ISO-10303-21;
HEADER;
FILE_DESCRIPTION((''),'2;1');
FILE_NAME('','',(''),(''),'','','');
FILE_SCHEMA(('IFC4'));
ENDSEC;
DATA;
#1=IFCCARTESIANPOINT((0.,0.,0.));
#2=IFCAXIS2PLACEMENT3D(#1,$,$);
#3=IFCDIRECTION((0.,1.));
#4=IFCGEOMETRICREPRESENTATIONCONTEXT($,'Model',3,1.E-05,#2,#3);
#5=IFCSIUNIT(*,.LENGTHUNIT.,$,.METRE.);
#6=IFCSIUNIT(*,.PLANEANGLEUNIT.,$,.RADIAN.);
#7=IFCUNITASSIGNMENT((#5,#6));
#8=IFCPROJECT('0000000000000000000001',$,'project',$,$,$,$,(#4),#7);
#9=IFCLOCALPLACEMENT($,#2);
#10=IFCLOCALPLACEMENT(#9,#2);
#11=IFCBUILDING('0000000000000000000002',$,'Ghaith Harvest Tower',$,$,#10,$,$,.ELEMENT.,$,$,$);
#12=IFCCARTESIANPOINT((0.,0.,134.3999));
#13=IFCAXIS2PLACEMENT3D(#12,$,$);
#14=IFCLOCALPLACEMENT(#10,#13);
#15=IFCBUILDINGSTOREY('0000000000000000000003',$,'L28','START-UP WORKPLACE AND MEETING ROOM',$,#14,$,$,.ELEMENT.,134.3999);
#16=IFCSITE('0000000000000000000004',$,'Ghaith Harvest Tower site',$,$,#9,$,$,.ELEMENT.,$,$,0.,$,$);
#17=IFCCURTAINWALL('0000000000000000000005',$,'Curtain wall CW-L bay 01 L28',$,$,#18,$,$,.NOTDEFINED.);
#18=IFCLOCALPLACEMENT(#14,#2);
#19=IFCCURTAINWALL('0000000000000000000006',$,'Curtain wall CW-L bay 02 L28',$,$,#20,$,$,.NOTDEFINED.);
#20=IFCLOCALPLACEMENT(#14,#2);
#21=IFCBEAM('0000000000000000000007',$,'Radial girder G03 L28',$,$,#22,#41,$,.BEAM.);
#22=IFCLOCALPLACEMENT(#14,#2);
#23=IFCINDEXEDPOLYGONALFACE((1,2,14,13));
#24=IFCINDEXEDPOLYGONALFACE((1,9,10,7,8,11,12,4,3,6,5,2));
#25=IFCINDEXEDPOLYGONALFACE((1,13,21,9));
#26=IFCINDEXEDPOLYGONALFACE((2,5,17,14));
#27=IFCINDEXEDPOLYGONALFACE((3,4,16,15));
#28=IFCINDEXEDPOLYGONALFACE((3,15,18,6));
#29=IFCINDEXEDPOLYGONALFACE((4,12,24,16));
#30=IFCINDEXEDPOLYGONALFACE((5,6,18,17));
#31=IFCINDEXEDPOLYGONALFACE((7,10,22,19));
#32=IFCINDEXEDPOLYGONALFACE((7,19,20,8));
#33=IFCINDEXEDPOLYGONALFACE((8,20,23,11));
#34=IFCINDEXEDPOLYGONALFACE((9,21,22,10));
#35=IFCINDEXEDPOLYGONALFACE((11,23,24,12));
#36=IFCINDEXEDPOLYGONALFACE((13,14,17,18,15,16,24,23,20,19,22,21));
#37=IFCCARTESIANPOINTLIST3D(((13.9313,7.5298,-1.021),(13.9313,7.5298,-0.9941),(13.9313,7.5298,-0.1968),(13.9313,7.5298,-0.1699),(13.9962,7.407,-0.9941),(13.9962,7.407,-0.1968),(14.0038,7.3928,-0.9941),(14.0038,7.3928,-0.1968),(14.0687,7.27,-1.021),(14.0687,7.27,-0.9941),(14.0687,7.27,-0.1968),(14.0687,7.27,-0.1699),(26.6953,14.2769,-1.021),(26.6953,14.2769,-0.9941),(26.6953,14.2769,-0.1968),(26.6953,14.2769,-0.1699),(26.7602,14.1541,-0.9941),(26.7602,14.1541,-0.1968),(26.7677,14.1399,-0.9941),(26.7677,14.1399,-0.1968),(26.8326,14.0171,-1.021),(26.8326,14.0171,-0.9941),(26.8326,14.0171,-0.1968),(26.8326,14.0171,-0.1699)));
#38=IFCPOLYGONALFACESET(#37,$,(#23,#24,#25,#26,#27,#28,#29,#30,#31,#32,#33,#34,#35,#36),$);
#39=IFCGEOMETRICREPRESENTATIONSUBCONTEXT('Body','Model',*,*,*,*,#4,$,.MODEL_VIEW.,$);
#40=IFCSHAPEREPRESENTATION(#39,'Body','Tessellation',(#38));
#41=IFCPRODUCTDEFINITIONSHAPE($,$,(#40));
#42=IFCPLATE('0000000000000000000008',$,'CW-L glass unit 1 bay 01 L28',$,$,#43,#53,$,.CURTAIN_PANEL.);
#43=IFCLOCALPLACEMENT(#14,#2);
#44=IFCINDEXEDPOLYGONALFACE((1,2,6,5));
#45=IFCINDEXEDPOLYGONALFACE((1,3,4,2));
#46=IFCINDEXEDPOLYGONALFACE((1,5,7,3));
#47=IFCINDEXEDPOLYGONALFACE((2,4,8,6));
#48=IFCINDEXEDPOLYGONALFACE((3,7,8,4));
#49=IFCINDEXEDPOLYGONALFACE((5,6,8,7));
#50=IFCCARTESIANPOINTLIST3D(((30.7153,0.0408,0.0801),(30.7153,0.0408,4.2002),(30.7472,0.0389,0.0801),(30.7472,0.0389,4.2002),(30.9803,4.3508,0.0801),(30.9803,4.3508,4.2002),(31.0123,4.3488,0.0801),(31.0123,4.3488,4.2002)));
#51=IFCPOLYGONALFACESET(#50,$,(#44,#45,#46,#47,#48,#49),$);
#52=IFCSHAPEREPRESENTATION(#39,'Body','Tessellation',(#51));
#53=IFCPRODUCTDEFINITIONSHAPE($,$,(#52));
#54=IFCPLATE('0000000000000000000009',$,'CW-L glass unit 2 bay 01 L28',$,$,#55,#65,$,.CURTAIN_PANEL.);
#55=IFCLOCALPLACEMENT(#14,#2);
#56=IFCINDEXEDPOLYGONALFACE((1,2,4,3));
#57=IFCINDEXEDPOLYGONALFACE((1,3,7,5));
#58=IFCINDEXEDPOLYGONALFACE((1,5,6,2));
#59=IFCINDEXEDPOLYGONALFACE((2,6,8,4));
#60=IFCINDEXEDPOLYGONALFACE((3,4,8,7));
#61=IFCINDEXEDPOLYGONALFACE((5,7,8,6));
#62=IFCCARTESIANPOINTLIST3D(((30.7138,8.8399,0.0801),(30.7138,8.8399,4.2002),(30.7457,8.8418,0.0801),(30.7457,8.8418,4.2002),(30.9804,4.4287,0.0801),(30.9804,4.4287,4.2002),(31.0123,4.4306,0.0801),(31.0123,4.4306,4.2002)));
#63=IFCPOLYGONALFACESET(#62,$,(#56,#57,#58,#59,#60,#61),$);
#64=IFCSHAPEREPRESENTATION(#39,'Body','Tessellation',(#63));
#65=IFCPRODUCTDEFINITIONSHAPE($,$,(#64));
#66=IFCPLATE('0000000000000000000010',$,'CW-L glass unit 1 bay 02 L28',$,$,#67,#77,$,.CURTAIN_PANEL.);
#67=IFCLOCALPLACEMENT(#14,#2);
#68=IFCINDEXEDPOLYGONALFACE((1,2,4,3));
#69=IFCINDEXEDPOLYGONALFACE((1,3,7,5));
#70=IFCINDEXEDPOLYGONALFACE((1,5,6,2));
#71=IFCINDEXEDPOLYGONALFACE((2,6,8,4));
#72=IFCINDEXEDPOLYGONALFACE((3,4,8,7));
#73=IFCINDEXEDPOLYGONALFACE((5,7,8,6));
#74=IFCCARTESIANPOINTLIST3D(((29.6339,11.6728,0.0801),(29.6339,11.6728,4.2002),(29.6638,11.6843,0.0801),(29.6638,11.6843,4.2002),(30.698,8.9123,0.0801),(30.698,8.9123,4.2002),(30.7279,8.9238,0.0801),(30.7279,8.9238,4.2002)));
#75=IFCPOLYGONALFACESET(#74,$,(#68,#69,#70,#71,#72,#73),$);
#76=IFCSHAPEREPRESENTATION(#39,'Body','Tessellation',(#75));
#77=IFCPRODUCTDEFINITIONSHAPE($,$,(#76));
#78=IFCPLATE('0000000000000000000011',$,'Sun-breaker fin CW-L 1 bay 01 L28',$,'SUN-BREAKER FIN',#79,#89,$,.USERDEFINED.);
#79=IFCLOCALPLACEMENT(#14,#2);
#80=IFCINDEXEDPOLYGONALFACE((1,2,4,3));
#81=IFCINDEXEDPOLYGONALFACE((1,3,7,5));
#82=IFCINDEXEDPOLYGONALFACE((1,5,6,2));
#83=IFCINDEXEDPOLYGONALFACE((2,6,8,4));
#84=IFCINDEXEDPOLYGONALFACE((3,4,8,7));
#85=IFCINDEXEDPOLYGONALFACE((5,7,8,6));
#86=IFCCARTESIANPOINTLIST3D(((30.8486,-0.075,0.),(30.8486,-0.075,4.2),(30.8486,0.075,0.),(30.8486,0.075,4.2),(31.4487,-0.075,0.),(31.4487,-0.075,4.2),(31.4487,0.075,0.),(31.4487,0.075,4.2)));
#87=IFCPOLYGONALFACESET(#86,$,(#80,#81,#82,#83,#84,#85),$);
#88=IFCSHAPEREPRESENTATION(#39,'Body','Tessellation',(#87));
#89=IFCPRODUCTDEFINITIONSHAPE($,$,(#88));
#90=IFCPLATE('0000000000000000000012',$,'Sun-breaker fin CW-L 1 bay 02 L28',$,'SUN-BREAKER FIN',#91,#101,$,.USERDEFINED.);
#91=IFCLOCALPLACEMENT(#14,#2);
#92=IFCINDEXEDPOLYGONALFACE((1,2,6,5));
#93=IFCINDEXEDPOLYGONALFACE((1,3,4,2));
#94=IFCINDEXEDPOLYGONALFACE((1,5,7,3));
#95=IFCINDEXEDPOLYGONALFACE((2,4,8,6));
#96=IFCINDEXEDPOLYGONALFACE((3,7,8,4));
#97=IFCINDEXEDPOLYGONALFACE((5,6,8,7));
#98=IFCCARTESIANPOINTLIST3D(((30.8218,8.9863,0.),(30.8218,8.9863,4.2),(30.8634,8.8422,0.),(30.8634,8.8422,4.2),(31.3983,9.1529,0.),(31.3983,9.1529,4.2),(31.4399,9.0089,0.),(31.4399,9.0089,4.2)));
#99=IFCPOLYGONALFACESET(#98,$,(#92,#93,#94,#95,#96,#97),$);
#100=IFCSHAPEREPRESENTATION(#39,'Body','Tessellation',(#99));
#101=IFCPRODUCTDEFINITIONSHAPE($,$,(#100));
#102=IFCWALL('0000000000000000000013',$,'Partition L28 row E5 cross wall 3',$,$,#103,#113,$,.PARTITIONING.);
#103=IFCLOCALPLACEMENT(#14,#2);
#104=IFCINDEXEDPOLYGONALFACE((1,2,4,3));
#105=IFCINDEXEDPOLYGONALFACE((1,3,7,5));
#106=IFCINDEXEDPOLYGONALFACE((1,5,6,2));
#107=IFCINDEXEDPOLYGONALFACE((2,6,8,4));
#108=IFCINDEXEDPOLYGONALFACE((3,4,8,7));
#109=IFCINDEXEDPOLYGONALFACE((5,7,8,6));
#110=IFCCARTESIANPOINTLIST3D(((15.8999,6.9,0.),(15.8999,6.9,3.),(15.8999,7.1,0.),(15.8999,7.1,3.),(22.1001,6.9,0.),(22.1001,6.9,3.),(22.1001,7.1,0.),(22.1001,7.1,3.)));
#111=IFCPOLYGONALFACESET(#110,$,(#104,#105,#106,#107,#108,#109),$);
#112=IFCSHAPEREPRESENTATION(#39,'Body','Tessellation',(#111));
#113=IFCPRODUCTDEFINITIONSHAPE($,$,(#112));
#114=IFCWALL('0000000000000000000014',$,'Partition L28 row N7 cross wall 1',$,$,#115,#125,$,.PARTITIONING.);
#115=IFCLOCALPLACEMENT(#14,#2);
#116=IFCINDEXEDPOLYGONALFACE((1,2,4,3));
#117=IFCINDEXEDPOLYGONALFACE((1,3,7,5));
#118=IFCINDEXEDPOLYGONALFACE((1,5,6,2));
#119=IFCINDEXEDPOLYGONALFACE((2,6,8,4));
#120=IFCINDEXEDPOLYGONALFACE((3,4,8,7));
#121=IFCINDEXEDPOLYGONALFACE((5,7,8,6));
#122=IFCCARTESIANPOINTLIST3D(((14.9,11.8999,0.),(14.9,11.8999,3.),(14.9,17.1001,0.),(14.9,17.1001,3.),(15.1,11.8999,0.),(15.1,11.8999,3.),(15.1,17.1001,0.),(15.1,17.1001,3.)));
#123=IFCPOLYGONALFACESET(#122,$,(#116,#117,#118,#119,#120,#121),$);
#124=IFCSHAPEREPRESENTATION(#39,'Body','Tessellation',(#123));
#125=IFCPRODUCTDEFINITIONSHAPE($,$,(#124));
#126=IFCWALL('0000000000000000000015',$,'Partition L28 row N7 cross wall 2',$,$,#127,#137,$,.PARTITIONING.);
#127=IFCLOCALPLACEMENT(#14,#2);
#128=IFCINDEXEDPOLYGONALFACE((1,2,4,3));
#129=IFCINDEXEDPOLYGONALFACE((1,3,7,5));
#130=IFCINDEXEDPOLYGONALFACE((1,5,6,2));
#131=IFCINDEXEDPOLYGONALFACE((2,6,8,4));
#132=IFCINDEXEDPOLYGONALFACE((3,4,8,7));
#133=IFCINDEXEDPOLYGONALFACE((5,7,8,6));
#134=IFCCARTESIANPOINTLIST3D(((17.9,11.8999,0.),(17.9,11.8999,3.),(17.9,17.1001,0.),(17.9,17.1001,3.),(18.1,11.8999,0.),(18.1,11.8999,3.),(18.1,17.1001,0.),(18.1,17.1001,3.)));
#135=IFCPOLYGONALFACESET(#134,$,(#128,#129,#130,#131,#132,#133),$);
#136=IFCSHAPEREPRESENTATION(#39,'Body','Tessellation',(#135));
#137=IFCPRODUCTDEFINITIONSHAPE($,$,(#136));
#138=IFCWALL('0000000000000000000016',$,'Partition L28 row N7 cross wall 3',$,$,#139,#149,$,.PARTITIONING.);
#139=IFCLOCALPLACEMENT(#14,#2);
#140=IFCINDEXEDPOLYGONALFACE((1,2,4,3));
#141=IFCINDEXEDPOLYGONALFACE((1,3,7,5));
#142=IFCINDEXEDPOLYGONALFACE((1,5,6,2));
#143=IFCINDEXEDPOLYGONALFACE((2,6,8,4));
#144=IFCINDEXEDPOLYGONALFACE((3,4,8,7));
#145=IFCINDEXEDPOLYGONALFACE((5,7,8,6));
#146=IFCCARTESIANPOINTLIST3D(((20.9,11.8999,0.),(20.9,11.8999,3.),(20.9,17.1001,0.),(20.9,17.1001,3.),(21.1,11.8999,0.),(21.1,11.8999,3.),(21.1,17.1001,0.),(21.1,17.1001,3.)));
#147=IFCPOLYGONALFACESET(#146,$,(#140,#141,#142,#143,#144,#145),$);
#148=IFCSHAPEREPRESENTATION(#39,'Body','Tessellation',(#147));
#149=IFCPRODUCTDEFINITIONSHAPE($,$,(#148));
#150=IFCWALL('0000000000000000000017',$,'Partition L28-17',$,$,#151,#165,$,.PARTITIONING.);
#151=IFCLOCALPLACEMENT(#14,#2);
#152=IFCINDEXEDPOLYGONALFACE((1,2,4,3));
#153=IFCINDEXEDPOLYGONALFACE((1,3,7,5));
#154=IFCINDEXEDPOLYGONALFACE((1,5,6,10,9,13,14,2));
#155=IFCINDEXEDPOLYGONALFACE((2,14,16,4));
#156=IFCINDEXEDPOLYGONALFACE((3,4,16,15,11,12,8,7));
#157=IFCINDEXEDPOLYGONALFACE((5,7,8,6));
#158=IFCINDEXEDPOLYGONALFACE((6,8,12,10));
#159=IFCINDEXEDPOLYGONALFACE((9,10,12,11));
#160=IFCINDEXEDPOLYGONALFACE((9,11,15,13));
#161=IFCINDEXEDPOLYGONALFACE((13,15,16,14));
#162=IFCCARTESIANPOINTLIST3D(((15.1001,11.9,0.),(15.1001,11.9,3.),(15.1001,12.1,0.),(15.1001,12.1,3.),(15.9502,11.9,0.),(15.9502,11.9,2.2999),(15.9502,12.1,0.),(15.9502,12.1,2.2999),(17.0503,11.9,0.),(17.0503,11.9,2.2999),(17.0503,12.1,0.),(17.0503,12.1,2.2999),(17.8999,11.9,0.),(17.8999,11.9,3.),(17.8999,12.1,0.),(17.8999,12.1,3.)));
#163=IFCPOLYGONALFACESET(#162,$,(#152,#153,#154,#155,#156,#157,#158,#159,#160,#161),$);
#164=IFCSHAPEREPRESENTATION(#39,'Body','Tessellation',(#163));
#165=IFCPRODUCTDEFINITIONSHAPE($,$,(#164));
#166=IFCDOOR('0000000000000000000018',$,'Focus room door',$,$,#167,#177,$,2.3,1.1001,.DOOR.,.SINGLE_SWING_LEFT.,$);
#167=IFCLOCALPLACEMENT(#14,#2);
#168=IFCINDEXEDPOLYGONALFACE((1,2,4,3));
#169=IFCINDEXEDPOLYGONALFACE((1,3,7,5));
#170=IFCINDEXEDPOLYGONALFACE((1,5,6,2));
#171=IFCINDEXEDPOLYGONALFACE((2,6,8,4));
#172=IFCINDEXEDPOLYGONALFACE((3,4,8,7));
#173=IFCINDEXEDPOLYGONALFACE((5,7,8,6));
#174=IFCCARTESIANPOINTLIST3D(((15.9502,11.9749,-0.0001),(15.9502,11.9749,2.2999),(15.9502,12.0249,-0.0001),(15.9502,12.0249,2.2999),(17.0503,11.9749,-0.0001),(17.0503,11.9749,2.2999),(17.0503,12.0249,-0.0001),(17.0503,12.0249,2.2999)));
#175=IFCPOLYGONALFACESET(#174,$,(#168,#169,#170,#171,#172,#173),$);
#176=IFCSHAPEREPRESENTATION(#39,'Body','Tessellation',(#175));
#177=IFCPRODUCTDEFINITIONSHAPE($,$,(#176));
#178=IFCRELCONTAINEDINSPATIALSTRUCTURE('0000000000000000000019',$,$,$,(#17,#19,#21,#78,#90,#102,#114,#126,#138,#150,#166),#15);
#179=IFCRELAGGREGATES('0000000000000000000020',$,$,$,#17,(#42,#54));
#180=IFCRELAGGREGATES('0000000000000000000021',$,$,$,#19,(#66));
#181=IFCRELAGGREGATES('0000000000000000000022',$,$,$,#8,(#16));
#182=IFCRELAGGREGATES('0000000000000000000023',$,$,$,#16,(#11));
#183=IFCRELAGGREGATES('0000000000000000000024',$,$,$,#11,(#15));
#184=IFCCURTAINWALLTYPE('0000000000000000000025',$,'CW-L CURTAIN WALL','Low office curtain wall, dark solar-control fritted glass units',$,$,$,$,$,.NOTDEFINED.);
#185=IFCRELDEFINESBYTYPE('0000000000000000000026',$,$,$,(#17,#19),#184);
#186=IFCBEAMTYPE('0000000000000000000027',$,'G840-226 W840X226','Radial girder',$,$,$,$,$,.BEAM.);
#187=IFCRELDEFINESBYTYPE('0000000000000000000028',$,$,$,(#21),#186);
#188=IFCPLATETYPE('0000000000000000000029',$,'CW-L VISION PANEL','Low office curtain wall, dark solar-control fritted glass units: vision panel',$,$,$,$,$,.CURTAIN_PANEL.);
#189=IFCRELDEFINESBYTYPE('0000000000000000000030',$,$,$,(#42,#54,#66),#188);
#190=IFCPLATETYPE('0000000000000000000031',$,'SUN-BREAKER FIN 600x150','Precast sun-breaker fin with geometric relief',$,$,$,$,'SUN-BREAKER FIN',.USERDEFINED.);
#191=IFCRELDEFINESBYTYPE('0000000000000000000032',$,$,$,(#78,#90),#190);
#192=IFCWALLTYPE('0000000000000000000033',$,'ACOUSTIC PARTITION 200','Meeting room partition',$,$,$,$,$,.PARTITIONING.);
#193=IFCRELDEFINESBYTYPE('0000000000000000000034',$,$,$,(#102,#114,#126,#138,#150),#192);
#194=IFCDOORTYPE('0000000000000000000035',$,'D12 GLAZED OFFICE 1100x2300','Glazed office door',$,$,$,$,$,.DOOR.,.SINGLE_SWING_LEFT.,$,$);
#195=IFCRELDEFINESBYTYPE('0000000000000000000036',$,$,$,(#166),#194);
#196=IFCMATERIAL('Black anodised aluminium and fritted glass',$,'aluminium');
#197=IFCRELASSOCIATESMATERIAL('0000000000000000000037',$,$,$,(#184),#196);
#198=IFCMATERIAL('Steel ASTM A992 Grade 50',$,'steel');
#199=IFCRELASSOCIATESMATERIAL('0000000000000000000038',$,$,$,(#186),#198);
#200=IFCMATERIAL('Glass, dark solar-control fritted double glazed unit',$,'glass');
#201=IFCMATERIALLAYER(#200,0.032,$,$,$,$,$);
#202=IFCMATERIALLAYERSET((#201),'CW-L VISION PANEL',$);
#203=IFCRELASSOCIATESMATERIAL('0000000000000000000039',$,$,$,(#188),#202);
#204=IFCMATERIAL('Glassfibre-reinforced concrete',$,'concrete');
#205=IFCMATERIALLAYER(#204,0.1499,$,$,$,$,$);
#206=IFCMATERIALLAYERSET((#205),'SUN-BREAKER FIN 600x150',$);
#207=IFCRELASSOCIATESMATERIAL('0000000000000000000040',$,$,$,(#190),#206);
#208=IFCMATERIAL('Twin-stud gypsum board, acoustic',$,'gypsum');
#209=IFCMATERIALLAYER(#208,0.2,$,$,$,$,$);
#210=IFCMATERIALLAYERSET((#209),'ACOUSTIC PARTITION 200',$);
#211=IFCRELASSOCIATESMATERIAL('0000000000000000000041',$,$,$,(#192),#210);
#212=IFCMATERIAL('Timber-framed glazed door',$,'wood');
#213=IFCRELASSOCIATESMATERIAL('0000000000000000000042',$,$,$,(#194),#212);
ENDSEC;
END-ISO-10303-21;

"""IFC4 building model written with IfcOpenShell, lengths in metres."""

from ifc_helpers import new_model, si_unit, direction, frame, frame_2d, origin, origin_2d, place, context, subcontext, project, spatial, rectangle, i_section, extrude, material, layer, layer_set, material_profile, profile_set, type_object, element, fill, aggregate, save


model = new_model("IFC4")

# Units and contexts
model_context = context("Model", 3, precision=1e-05, world=origin(), true_north=direction((0.0, 1.0)))
body_context = subcontext(model_context, "Body", "Model", "MODEL_VIEW")
ifc_project = project(units=[si_unit("LENGTHUNIT", "METRE"), si_unit("PLANEANGLEUNIT", "RADIAN")], contexts=[model_context])

# Site, building, storey
site_placement = place(None, origin())
site = spatial("IfcSite", under=ifc_project, at=site_placement, Name="Ghaith Harvest Tower site", CompositionType="ELEMENT", RefElevation=0.0)
building_placement = place(site_placement, origin())
building = spatial("IfcBuilding", under=site, at=building_placement, Name="Ghaith Harvest Tower", CompositionType="ELEMENT")
storey_placement = place(building_placement, frame((0.0, 0.0, 134.3999)))
storey = spatial("IfcBuildingStorey", under=building, at=storey_placement, Name="L28", Description="START-UP WORKPLACE AND MEETING ROOM", CompositionType="ELEMENT", Elevation=134.3999)

# Curtain walls
ifc_material_1 = material(Name="Black anodised aluminium and fritted glass", Category="aluminium")
curtain_wall_type = type_object("IfcCurtainWallType", Name="CW-L CURTAIN WALL", Description="Low office curtain wall, dark solar-control fritted glass units", PredefinedType="NOTDEFINED", material=ifc_material_1)
curtain_wall_1_placement = place(storey_placement, origin())
curtain_wall_1 = element("IfcCurtainWall", 1, at=curtain_wall_1_placement, inside=storey, type_object=curtain_wall_type, Name="Curtain wall CW-L bay 01 L28", PredefinedType="NOTDEFINED")
curtain_wall_2_placement = place(storey_placement, origin())
curtain_wall_2 = element("IfcCurtainWall", 2, at=curtain_wall_2_placement, inside=storey, type_object=curtain_wall_type, Name="Curtain wall CW-L bay 02 L28", PredefinedType="NOTDEFINED")

# Beam
ifc_material_2 = material(Name="Steel ASTM A992 Grade 50", Category="steel")
ifc_material_profile_1 = material_profile(ifc_material_2, i_section(OverallWidth=0.2939, OverallDepth=0.8511, WebThickness=0.0161, FlangeThickness=0.0269, at=origin_2d()), Name="W840X226")
ifc_profile_set_1 = profile_set([ifc_material_profile_1], Name="Steel ASTM A992 Grade 50")
beam_type_1 = type_object("IfcBeamType", Name="G840-226 W840X226", Description="Radial girder", PredefinedType="BEAM", material=ifc_profile_set_1)
beam_1_placement = place(storey_placement, frame((14.0, 7.3999, -0.5955), z_axis=(0.884083, 0.467331, 0.0), x_axis=(-0.467331, 0.884083, 0.0)))
element("IfcBeam", 3, at=beam_1_placement, inside=storey, type_object=beam_type_1, Name="Radial girder G03 L28", PredefinedType="BEAM", context=body_context, shape_type="SweptSolid", body=[
    extrude(i_section(OverallWidth=0.2939, OverallDepth=0.8511, WebThickness=0.0161, FlangeThickness=0.0269, at=origin_2d()), origin(), (0.0, 0.0, 1.0), 14.4375),
])

# Plates
ifc_material_3 = material(Name="Glass, dark solar-control fritted double glazed unit", Category="glass")
ifc_layer_1 = layer(ifc_material_3, 0.032)
ifc_layer_set_1 = layer_set([ifc_layer_1], Name="CW-L VISION PANEL")
plate_type_1 = type_object("IfcPlateType", Name="CW-L VISION PANEL", Description="Low office curtain wall, dark solar-control fritted glass units: vision panel", PredefinedType="CURTAIN_PANEL", material=ifc_layer_set_1)
plate_1_placement = place(storey_placement, frame((30.8638, 2.1948, 0.0801), z_axis=(0.0, 0.0, 1.0), x_axis=(0.06138, 0.998114, 0.0)))
plate_1 = element("IfcPlate", 4, at=plate_1_placement, type_object=plate_type_1, Name="CW-L glass unit 1 bay 01 L28", PredefinedType="CURTAIN_PANEL", context=body_context, shape_type="SweptSolid", body=[
    extrude(rectangle(XDim=4.3181, YDim=0.032, at=origin_2d()), origin(), (0.0, 0.0, 1.0), 4.1201),
])
plate_2_placement = place(storey_placement, frame((30.863, 6.6353, 0.0801), z_axis=(0.0, 0.0, 1.0), x_axis=(-0.060321, 0.998179, 0.0)))
plate_2 = element("IfcPlate", 5, at=plate_2_placement, type_object=plate_type_1, Name="CW-L glass unit 2 bay 01 L28", PredefinedType="CURTAIN_PANEL", context=body_context, shape_type="SweptSolid", body=[
    extrude(rectangle(XDim=4.4192, YDim=0.032, at=origin_2d()), origin(), (0.0, 0.0, 1.0), 4.1201),
])
aggregate(curtain_wall_1, [plate_1, plate_2])
plate_3_placement = place(storey_placement, frame((30.1809, 10.2983, 0.0801), z_axis=(0.0, 0.0, 1.0), x_axis=(-0.359677, 0.933077, 0.0)))
plate_3 = element("IfcPlate", 6, at=plate_3_placement, type_object=plate_type_1, Name="CW-L glass unit 1 bay 02 L28", PredefinedType="CURTAIN_PANEL", context=body_context, shape_type="SweptSolid", body=[
    extrude(rectangle(XDim=2.9585, YDim=0.032, at=origin_2d()), origin(), (0.0, 0.0, 1.0), 4.1201),
])
aggregate(curtain_wall_2, [plate_3])

# Plates
ifc_material_4 = material(Name="Glassfibre-reinforced concrete", Category="concrete")
ifc_layer_2 = layer(ifc_material_4, 0.1499)
ifc_layer_set_2 = layer_set([ifc_layer_2], Name="SUN-BREAKER FIN 600x150")
plate_type_2 = type_object("IfcPlateType", Name="SUN-BREAKER FIN 600x150", Description="Precast sun-breaker fin with geometric relief", ElementType="SUN-BREAKER FIN", PredefinedType="USERDEFINED", material=ifc_layer_set_2)
for number, where, z_axis, x_axis, name in (
    (7, (31.1487, 0.0, 0.0), (0.0, 0.0, 1.0), (1.0, 0.0, 0.0), "Sun-breaker fin CW-L 1 bay 01 L28"),
    (8, (31.1309, 8.9976, 0.0), (0.0, 0.0, 1.0), (0.96068, 0.277657, 0.0), "Sun-breaker fin CW-L 1 bay 02 L28"),
):
    element("IfcPlate", number, at=place(storey_placement, frame(where, z_axis=z_axis, x_axis=x_axis)), inside=storey, type_object=plate_type_2, Name=name, ObjectType="SUN-BREAKER FIN", PredefinedType="USERDEFINED", context=body_context, shape_type="SweptSolid", body=[
        extrude(rectangle(XDim=0.6001, YDim=0.1499, at=origin_2d()), origin(), (0.0, 0.0, 1.0), 4.2),
    ])

# Walls
ifc_material_5 = material(Name="Twin-stud gypsum board, acoustic", Category="gypsum")
ifc_layer_3 = layer(ifc_material_5, 0.2)
ifc_layer_set_3 = layer_set([ifc_layer_3], Name="ACOUSTIC PARTITION 200")
wall_type_1 = type_object("IfcWallType", Name="ACOUSTIC PARTITION 200", Description="Meeting room partition", PredefinedType="PARTITIONING", material=ifc_layer_set_3)
wall_1_placement = place(storey_placement, frame((15.8999, 7.0, 0.0), z_axis=(0.0, 0.0, 1.0), x_axis=(1.0, 0.0, 0.0)))
element("IfcWall", 9, at=wall_1_placement, inside=storey, type_object=wall_type_1, Name="Partition L28 row E5 cross wall 3", PredefinedType="PARTITIONING", context=body_context, shape_type="SweptSolid", body=[
    extrude(rectangle(XDim=6.2002, YDim=0.2, at=frame_2d((3.1001, 0.0))), origin(), (0.0, 0.0, 1.0), 3.0),
])
for number, where, z_axis, x_axis, name in (
    (10, (15.0, 11.8999, 0.0), (0.0, 0.0, 1.0), (0.0, 1.0, 0.0), "Partition L28 row N7 cross wall 1"),
    (11, (18.0, 11.8999, 0.0), (0.0, 0.0, 1.0), (0.0, 1.0, 0.0), "Partition L28 row N7 cross wall 2"),
    (12, (21.0, 11.8999, 0.0), (0.0, 0.0, 1.0), (0.0, 1.0, 0.0), "Partition L28 row N7 cross wall 3"),
):
    element("IfcWall", number, at=place(storey_placement, frame(where, z_axis=z_axis, x_axis=x_axis)), inside=storey, type_object=wall_type_1, Name=name, PredefinedType="PARTITIONING", context=body_context, shape_type="SweptSolid", body=[
        extrude(rectangle(XDim=5.2002, YDim=0.2, at=frame_2d((2.6001, 0.0))), origin(), (0.0, 0.0, 1.0), 3.0),
    ])

# Wall, opening, door
wall_2_placement = place(storey_placement, frame((15.1001, 12.0, 0.0), z_axis=(0.0, 0.0, 1.0), x_axis=(1.0, 0.0, 0.0)))
wall_2 = element("IfcWall", 13, at=wall_2_placement, inside=storey, type_object=wall_type_1, Name="Partition L28-17", PredefinedType="PARTITIONING", context=body_context, shape_type="SweptSolid", body=[
    extrude(rectangle(XDim=2.7998, YDim=0.2, at=frame_2d((1.3999, 0.0))), origin(), (0.0, 0.0, 1.0), 3.0),
])
opening_1_placement = place(wall_2_placement, frame((0.8501, 0.0, 0.0)))
opening_1 = element("IfcOpeningElement", 14, at=opening_1_placement, cuts=wall_2, PredefinedType="OPENING", context=body_context, shape_type="SweptSolid", body=[
    extrude(rectangle(XDim=1.1001, YDim=2.3, at=frame_2d((0.55, 1.1499))), frame((0.0, 0.1099, 0.0), z_axis=(0.0, -1.0, 0.0), x_axis=(1.0, 0.0, 0.0)), (0.0, 0.0, 1.0), 0.22),
])
ifc_material_6 = material(Name="Timber-framed glazed door", Category="wood")
door_type_1 = type_object("IfcDoorType", Name="D12 GLAZED OFFICE 1100x2300", Description="Glazed office door", OperationType="SINGLE_SWING_LEFT", PredefinedType="DOOR", material=ifc_material_6)
door_1_placement = place(opening_1_placement, origin())
door_1 = element("IfcDoor", 15, at=door_1_placement, inside=storey, type_object=door_type_1, Name="Focus room door", OperationType="SINGLE_SWING_LEFT", OverallHeight=2.3, OverallWidth=1.1001, PredefinedType="DOOR", context=body_context, shape_type="SweptSolid", body=[
    extrude(rectangle(XDim=1.1001, YDim=2.3, at=frame_2d((0.55, 1.1499))), frame((0.0, 0.0249, 0.0), z_axis=(0.0, -1.0, 0.0), x_axis=(1.0, 0.0, 0.0)), (0.0, 0.0, 1.0), 0.05),
])
fill(opening_1, door_1)

save(model, "model.ifc")
